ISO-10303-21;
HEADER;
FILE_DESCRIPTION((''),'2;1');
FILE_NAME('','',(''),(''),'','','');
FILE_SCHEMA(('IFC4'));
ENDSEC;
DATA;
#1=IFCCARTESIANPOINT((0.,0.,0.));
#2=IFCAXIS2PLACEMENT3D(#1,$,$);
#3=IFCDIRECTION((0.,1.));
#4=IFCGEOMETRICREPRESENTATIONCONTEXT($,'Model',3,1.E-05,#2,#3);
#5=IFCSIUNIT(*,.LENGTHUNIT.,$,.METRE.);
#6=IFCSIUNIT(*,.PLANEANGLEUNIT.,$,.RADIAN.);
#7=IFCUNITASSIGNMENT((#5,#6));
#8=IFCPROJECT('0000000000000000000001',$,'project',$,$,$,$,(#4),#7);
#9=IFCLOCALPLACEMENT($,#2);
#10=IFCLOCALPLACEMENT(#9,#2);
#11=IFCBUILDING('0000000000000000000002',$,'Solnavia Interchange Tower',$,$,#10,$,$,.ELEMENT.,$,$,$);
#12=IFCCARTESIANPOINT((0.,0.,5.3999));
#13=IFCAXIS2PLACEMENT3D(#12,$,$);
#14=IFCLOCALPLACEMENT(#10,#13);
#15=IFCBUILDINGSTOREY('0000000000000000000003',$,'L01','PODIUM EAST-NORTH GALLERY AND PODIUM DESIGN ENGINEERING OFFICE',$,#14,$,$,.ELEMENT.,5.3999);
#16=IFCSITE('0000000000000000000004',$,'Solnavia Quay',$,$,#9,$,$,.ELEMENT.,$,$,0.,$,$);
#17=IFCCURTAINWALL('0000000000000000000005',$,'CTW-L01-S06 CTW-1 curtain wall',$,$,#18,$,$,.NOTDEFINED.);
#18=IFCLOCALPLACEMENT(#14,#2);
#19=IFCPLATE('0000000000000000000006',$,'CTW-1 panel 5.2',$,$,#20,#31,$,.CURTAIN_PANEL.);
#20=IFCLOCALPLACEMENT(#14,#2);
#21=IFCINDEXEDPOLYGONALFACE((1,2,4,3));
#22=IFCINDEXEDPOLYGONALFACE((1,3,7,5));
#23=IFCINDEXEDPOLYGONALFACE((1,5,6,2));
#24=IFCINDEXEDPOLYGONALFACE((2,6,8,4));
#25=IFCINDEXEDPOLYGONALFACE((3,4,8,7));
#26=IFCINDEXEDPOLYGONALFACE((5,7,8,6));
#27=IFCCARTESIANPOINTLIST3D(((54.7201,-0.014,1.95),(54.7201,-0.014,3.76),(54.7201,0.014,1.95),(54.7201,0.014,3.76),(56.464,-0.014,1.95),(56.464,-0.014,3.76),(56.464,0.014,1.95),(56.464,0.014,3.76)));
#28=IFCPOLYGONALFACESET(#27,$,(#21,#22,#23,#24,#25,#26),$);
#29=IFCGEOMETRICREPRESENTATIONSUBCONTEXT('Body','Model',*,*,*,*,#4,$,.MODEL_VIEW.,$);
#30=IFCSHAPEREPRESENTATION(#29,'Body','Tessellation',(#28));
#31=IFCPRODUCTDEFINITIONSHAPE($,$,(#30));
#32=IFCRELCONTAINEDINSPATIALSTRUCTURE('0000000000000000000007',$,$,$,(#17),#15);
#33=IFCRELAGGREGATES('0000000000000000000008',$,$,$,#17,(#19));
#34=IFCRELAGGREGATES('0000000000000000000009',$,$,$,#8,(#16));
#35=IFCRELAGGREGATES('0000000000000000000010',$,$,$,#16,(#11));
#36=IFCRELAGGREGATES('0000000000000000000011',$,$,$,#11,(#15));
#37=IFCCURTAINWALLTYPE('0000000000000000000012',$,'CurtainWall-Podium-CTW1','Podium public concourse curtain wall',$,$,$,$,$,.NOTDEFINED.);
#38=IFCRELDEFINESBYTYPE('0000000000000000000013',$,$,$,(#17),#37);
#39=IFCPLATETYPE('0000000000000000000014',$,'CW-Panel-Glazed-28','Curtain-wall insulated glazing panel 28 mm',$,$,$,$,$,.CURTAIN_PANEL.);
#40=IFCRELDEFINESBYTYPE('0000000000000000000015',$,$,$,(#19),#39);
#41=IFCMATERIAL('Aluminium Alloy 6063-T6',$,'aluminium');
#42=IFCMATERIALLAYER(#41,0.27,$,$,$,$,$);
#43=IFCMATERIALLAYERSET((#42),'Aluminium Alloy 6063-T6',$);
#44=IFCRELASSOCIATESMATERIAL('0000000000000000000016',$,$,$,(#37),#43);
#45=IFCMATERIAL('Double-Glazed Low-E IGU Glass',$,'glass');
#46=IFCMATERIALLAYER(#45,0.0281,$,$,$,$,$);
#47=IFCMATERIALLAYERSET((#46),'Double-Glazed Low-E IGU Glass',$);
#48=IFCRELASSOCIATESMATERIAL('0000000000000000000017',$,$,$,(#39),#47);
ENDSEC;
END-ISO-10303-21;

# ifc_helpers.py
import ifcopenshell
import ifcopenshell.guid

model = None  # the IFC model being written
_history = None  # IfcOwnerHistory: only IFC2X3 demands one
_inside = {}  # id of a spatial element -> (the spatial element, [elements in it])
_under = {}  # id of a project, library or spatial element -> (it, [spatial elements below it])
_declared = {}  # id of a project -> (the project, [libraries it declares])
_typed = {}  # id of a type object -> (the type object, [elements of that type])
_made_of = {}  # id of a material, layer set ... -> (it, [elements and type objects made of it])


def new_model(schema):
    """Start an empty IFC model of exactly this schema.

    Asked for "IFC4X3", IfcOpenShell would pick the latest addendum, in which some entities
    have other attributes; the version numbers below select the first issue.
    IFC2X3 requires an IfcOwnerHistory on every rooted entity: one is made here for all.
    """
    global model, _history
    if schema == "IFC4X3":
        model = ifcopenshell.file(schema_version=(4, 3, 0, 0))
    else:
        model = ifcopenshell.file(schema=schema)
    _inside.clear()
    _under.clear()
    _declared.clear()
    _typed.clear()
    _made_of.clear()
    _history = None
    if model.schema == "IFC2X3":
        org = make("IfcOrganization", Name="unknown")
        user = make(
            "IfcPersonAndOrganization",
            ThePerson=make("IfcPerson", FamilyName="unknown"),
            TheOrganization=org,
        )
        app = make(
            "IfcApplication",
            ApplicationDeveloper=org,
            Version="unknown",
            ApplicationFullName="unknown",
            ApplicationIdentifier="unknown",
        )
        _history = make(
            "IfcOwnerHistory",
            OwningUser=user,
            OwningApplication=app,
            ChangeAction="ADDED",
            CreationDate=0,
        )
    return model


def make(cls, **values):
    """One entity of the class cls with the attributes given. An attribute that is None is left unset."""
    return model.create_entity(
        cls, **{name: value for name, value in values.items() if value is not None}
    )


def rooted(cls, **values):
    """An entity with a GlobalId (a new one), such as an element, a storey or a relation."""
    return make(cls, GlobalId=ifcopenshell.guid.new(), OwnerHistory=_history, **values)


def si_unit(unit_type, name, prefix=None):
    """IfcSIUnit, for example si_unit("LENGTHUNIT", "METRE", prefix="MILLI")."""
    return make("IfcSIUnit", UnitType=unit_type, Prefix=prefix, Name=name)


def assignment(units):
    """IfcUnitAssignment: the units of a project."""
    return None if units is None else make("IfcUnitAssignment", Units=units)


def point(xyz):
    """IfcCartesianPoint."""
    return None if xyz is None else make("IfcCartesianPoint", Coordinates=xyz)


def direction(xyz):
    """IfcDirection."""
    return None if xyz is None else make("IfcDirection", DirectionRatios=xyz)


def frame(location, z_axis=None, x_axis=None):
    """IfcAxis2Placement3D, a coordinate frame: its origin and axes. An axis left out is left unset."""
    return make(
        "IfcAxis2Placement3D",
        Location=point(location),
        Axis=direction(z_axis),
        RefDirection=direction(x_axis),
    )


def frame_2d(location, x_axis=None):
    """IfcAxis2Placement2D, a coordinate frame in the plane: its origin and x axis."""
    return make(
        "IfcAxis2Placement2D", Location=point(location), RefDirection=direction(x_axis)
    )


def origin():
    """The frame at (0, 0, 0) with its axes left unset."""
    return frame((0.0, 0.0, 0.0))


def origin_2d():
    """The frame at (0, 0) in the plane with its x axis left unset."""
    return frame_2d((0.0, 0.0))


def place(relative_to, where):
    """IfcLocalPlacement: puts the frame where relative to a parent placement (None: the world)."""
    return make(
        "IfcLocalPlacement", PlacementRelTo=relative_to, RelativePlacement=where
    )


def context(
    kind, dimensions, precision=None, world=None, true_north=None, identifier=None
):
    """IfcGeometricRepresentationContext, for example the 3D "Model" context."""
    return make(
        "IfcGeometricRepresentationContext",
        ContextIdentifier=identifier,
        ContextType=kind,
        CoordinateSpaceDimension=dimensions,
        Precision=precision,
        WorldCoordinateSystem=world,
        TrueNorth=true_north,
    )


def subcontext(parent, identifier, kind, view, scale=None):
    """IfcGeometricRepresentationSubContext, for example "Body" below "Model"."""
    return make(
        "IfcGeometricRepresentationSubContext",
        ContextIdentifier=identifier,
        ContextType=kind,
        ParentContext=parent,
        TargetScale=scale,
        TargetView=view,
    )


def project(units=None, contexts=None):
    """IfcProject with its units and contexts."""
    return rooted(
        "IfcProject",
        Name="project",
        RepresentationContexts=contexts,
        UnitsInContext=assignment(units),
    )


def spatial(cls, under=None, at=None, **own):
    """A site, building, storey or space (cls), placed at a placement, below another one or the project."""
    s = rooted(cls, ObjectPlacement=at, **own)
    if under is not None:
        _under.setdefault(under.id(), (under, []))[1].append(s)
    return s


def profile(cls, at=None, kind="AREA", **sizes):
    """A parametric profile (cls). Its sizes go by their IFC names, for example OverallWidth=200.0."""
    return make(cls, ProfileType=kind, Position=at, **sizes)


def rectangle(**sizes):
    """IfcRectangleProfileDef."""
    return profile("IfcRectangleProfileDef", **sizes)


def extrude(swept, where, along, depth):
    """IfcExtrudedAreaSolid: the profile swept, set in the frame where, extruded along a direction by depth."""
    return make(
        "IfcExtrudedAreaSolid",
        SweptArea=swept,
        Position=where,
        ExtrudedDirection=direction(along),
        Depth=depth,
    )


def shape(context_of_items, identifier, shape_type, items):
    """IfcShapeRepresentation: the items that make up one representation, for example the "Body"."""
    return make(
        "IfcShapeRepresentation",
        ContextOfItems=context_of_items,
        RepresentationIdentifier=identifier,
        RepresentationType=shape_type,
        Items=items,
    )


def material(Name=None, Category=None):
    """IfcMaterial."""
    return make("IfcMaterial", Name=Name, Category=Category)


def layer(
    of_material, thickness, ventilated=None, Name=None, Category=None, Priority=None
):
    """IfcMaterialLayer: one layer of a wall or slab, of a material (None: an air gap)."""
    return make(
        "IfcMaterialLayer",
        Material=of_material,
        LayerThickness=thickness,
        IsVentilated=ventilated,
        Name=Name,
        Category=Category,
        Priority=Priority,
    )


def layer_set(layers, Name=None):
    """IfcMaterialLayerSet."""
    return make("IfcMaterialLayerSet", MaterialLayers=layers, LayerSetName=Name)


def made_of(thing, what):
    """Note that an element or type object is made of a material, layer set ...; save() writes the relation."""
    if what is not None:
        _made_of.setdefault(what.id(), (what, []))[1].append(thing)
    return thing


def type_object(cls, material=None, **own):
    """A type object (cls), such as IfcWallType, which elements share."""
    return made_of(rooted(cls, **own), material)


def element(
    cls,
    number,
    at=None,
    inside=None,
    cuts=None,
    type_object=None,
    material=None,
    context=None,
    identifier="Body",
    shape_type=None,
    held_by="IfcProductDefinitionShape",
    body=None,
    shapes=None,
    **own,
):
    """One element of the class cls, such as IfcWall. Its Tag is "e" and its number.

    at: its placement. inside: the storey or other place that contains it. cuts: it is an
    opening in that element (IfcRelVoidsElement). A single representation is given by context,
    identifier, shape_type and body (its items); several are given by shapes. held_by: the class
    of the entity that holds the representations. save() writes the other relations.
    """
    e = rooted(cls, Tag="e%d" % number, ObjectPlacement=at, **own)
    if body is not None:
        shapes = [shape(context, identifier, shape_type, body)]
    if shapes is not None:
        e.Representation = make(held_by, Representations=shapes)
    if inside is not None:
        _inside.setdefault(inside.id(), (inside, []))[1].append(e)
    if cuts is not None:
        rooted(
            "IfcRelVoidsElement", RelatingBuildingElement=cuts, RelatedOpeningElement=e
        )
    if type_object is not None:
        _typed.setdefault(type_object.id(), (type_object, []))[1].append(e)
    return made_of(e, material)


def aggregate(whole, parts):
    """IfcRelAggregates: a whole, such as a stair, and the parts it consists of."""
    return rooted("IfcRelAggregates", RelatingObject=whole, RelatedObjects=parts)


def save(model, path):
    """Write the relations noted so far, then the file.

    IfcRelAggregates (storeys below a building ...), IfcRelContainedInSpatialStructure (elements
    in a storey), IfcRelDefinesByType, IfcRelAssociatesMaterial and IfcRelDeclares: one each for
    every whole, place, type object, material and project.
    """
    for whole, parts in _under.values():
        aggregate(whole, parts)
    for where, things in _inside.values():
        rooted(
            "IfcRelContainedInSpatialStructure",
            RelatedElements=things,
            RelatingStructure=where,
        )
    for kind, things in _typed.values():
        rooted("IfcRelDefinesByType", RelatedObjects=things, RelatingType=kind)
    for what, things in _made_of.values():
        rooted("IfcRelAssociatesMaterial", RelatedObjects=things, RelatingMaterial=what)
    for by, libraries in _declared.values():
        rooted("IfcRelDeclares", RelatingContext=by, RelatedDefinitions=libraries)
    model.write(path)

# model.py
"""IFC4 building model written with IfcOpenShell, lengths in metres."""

from ifc_helpers import new_model, si_unit, direction, frame, origin, origin_2d, place, context, subcontext, project, spatial, rectangle, extrude, material, layer, layer_set, type_object, element, aggregate, save


model = new_model("IFC4")

# Units and contexts
model_context = context("Model", 3, precision=1e-05, world=origin(), true_north=direction((0.0, 1.0)))
body_context = subcontext(model_context, "Body", "Model", "MODEL_VIEW")
ifc_project = project(units=[si_unit("LENGTHUNIT", "METRE"), si_unit("PLANEANGLEUNIT", "RADIAN")], contexts=[model_context])

# Site, building, storey
site_placement = place(None, origin())
site = spatial("IfcSite", under=ifc_project, at=site_placement, Name="Solnavia Quay", CompositionType="ELEMENT", RefElevation=0.0)
building_placement = place(site_placement, origin())
building = spatial("IfcBuilding", under=site, at=building_placement, Name="Solnavia Interchange Tower", CompositionType="ELEMENT")
storey_placement = place(building_placement, frame((0.0, 0.0, 5.3999)))
storey = spatial("IfcBuildingStorey", under=building, at=storey_placement, Name="L01", Description="PODIUM EAST-NORTH GALLERY AND PODIUM DESIGN ENGINEERING OFFICE", CompositionType="ELEMENT", Elevation=5.3999)

# Curtain wall, plate
ifc_material_1 = material(Name="Aluminium Alloy 6063-T6", Category="aluminium")
ifc_layer_1 = layer(ifc_material_1, 0.27)
ifc_layer_set_1 = layer_set([ifc_layer_1], Name="Aluminium Alloy 6063-T6")
curtain_wall_type = type_object("IfcCurtainWallType", Name="CurtainWall-Podium-CTW1", Description="Podium public concourse curtain wall", PredefinedType="NOTDEFINED", material=ifc_layer_set_1)
curtain_wall_placement = place(storey_placement, origin())
curtain_wall = element("IfcCurtainWall", 1, at=curtain_wall_placement, inside=storey, type_object=curtain_wall_type, Name="CTW-L01-S06 CTW-1 curtain wall", PredefinedType="NOTDEFINED")
ifc_material_2 = material(Name="Double-Glazed Low-E IGU Glass", Category="glass")
ifc_layer_2 = layer(ifc_material_2, 0.0281)
ifc_layer_set_2 = layer_set([ifc_layer_2], Name="Double-Glazed Low-E IGU Glass")
plate_type = type_object("IfcPlateType", Name="CW-Panel-Glazed-28", Description="Curtain-wall insulated glazing panel 28 mm", PredefinedType="CURTAIN_PANEL", material=ifc_layer_set_2)
plate_1_placement = place(storey_placement, frame((55.592, 0.0, 1.95), z_axis=(0.0, 0.0, 1.0), x_axis=(-1.0, 0.0, 0.0)))
plate_1 = element("IfcPlate", 2, at=plate_1_placement, type_object=plate_type, Name="CTW-1 panel 5.2", PredefinedType="CURTAIN_PANEL", context=body_context, shape_type="SweptSolid", body=[
    extrude(rectangle(XDim=1.7439, YDim=0.0281, at=origin_2d()), origin(), (0.0, 0.0, 1.0), 1.8101),
])
aggregate(curtain_wall, [plate_1])

save(model, "model.ifc")
